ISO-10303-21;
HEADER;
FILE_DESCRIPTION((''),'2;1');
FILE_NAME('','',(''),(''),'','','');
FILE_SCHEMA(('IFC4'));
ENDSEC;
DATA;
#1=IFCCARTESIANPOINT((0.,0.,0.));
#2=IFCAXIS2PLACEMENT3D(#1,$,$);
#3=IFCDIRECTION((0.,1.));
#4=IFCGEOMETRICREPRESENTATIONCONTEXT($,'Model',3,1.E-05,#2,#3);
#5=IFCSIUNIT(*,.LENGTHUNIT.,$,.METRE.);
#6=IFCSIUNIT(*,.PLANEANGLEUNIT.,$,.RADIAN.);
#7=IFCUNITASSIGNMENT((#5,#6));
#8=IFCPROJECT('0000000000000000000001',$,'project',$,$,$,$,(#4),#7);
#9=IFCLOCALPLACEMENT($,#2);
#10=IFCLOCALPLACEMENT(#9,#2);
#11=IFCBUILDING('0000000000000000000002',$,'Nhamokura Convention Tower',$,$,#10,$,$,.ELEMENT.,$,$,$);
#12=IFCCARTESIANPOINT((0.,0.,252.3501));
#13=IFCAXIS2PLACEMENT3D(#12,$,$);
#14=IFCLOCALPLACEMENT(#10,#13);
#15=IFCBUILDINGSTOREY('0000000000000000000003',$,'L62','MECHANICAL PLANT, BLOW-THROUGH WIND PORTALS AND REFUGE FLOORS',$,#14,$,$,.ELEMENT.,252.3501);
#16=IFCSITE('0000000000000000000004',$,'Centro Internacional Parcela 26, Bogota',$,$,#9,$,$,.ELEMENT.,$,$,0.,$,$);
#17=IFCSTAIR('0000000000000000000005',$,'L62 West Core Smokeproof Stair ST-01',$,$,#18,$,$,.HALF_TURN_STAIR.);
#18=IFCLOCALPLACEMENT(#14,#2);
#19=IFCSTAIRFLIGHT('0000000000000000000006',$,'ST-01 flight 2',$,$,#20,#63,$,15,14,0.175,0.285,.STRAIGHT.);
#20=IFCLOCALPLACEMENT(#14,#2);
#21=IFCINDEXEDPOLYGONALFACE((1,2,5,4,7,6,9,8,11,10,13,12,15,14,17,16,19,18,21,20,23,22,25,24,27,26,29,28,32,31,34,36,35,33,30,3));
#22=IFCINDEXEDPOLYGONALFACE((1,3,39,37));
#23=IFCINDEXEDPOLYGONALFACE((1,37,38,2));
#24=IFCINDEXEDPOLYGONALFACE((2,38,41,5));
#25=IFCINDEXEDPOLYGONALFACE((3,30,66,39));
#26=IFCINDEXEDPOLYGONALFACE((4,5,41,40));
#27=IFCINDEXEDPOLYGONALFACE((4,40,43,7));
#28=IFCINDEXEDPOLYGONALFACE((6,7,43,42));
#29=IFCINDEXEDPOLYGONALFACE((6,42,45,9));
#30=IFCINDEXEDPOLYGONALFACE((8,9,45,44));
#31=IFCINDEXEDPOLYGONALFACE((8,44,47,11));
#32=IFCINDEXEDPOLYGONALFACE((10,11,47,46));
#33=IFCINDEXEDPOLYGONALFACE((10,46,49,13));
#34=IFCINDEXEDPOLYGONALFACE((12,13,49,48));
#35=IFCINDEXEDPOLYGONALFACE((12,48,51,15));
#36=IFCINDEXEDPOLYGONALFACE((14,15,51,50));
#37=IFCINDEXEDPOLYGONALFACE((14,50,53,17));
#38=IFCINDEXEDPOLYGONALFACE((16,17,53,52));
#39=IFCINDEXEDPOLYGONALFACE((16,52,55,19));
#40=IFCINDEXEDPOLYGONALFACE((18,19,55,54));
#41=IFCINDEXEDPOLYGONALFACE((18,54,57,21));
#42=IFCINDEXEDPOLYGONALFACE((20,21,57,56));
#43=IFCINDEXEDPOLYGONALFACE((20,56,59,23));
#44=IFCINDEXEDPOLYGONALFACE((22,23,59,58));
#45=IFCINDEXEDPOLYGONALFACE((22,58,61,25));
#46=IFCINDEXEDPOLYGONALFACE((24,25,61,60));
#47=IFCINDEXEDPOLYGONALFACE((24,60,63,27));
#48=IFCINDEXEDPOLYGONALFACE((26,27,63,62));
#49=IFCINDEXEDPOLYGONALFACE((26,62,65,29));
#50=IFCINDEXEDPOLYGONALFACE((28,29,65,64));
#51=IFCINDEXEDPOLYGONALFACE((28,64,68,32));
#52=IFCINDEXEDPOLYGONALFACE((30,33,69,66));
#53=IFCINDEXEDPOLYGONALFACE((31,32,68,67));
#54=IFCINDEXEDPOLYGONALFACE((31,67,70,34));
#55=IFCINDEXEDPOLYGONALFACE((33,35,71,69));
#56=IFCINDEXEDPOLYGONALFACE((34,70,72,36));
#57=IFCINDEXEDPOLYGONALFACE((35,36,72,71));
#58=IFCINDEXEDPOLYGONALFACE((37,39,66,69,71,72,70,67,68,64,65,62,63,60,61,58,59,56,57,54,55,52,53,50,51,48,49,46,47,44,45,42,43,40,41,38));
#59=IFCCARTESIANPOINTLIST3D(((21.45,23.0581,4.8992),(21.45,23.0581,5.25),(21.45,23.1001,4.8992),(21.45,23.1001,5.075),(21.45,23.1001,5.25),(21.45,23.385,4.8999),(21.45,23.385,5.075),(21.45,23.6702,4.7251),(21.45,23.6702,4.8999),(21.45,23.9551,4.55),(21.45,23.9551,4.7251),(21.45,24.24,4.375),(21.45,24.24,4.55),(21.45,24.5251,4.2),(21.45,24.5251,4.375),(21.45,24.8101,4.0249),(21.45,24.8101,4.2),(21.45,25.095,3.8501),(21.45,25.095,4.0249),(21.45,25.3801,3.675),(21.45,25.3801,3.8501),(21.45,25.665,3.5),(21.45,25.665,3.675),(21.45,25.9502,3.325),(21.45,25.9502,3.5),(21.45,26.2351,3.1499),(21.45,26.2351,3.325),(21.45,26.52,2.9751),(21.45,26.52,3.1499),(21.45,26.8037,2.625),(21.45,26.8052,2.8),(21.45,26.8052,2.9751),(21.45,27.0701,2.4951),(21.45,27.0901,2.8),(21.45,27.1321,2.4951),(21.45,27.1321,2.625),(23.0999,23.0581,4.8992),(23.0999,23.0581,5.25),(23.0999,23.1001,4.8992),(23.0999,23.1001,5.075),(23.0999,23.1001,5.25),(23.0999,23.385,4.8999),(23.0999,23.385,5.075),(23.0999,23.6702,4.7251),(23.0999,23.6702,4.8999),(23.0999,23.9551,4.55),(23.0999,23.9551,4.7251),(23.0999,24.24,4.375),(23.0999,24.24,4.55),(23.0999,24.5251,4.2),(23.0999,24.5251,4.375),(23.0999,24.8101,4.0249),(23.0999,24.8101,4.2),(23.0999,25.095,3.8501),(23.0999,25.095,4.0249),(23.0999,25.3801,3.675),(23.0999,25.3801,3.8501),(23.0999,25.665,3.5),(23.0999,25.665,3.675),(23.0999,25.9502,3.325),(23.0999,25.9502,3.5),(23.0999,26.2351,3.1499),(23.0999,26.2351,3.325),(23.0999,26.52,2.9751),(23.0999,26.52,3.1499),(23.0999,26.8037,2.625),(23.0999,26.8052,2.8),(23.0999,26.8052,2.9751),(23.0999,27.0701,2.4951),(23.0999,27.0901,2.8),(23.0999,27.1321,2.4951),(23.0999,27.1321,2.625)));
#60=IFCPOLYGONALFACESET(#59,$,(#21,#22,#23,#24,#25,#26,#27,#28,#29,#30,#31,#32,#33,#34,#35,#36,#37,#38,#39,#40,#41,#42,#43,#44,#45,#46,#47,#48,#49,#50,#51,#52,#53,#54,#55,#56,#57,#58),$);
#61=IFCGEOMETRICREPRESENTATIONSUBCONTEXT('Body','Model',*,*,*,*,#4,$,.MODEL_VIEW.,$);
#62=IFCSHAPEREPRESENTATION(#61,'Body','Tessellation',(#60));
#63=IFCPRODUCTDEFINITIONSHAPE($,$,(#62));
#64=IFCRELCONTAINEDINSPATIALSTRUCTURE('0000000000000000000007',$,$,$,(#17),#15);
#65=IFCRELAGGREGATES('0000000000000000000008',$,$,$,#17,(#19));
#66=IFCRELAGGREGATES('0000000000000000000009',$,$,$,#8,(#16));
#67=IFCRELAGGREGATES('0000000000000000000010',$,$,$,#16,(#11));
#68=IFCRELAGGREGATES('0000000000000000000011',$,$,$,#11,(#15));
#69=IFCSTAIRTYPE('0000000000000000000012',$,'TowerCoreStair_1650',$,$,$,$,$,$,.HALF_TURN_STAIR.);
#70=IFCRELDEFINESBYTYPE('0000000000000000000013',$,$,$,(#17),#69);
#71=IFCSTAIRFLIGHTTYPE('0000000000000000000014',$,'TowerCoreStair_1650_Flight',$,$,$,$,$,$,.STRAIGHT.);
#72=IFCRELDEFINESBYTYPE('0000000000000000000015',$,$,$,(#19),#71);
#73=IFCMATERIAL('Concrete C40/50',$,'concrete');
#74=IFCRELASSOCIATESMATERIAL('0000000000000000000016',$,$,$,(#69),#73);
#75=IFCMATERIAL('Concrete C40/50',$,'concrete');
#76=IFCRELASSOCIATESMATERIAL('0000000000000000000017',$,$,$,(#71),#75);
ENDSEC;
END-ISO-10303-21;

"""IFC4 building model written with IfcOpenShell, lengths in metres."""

from ifc_helpers import new_model, si_unit, direction, frame, origin, place, context, subcontext, project, spatial, polyline, outline, extrude, material, type_object, element, aggregate, save


model = new_model("IFC4")

# Units and contexts
model_context = context("Model", 3, precision=1e-05, world=origin(), true_north=direction((0.0, 1.0)))
body_context = subcontext(model_context, "Body", "Model", "MODEL_VIEW")
ifc_project = project(units=[si_unit("LENGTHUNIT", "METRE"), si_unit("PLANEANGLEUNIT", "RADIAN")], contexts=[model_context])

# Site, building, storey
site_placement = place(None, origin())
site = spatial("IfcSite", under=ifc_project, at=site_placement, Name="Centro Internacional Parcela 26, Bogota", CompositionType="ELEMENT", RefElevation=0.0)
building_placement = place(site_placement, origin())
building = spatial("IfcBuilding", under=site, at=building_placement, Name="Nhamokura Convention Tower", CompositionType="ELEMENT")
storey_placement = place(building_placement, frame((0.0, 0.0, 252.3501)))
storey = spatial("IfcBuildingStorey", under=building, at=storey_placement, Name="L62", Description="MECHANICAL PLANT, BLOW-THROUGH WIND PORTALS AND REFUGE FLOORS", CompositionType="ELEMENT", Elevation=252.3501)

# Stair, stair flight
ifc_material_1 = material(Name="Concrete C40/50", Category="concrete")
stair_type = type_object("IfcStairType", Name="TowerCoreStair_1650", PredefinedType="HALF_TURN_STAIR", material=ifc_material_1)
stair_placement = place(storey_placement, origin())
stair = element("IfcStair", 1, at=stair_placement, inside=storey, type_object=stair_type, Name="L62 West Core Smokeproof Stair ST-01", PredefinedType="HALF_TURN_STAIR")
ifc_material_2 = material(Name="Concrete C40/50", Category="concrete")
stair_flight_type = type_object("IfcStairFlightType", Name="TowerCoreStair_1650_Flight", PredefinedType="STRAIGHT", material=ifc_material_2)
stair_flight_1_placement = place(storey_placement, frame((22.2749, 27.0901, 2.625), z_axis=(0.0, 0.0, 1.0), x_axis=(0.0, -1.0, 0.0)))
stair_flight_1 = element("IfcStairFlight", 2, at=stair_flight_1_placement, type_object=stair_flight_type, Name="ST-01 flight 2", NumberOfRisers=15, NumberOfTreads=14, PredefinedType="STRAIGHT", RiserHeight=0.175, TreadLength=0.285, context=body_context, shape_type="SweptSolid", body=[
    extrude(outline(polyline([(-0.042, 0.0), (0.0, 0.175), (0.2849, 0.175), (0.2849, 0.3501), (0.5701, 0.3501), (0.5701, 0.5249), (0.855, 0.5249), (0.855, 0.7), (1.1399, 0.7), (1.1399, 0.875), (1.425, 0.875), (1.425, 1.05), (1.71, 1.05), (1.71, 1.2251), (1.9951, 1.2251), (1.9951, 1.3999), (2.28, 1.3999), (2.28, 1.575), (2.5649, 1.575), (2.5649, 1.75), (2.8501, 1.75), (2.8501, 1.925), (3.135, 1.925), (3.135, 2.1001), (3.4199, 2.1001), (3.4199, 2.2749), (3.7051, 2.2749), (3.7051, 2.45), (3.99, 2.45), (3.99, 2.625), (4.032, 2.625), (4.032, 2.2742), (3.99, 2.2742), (0.2864, 0.0), (0.02, -0.1299), (-0.042, -0.1299), (-0.042, 0.0)])), frame((0.0, 0.825, 0.0), z_axis=(0.0, -1.0, 0.0), x_axis=(1.0, 0.0, 0.0)), (0.0, 0.0, 1.0), 1.6499),
])
aggregate(stair, [stair_flight_1])

save(model, "model.ifc")
